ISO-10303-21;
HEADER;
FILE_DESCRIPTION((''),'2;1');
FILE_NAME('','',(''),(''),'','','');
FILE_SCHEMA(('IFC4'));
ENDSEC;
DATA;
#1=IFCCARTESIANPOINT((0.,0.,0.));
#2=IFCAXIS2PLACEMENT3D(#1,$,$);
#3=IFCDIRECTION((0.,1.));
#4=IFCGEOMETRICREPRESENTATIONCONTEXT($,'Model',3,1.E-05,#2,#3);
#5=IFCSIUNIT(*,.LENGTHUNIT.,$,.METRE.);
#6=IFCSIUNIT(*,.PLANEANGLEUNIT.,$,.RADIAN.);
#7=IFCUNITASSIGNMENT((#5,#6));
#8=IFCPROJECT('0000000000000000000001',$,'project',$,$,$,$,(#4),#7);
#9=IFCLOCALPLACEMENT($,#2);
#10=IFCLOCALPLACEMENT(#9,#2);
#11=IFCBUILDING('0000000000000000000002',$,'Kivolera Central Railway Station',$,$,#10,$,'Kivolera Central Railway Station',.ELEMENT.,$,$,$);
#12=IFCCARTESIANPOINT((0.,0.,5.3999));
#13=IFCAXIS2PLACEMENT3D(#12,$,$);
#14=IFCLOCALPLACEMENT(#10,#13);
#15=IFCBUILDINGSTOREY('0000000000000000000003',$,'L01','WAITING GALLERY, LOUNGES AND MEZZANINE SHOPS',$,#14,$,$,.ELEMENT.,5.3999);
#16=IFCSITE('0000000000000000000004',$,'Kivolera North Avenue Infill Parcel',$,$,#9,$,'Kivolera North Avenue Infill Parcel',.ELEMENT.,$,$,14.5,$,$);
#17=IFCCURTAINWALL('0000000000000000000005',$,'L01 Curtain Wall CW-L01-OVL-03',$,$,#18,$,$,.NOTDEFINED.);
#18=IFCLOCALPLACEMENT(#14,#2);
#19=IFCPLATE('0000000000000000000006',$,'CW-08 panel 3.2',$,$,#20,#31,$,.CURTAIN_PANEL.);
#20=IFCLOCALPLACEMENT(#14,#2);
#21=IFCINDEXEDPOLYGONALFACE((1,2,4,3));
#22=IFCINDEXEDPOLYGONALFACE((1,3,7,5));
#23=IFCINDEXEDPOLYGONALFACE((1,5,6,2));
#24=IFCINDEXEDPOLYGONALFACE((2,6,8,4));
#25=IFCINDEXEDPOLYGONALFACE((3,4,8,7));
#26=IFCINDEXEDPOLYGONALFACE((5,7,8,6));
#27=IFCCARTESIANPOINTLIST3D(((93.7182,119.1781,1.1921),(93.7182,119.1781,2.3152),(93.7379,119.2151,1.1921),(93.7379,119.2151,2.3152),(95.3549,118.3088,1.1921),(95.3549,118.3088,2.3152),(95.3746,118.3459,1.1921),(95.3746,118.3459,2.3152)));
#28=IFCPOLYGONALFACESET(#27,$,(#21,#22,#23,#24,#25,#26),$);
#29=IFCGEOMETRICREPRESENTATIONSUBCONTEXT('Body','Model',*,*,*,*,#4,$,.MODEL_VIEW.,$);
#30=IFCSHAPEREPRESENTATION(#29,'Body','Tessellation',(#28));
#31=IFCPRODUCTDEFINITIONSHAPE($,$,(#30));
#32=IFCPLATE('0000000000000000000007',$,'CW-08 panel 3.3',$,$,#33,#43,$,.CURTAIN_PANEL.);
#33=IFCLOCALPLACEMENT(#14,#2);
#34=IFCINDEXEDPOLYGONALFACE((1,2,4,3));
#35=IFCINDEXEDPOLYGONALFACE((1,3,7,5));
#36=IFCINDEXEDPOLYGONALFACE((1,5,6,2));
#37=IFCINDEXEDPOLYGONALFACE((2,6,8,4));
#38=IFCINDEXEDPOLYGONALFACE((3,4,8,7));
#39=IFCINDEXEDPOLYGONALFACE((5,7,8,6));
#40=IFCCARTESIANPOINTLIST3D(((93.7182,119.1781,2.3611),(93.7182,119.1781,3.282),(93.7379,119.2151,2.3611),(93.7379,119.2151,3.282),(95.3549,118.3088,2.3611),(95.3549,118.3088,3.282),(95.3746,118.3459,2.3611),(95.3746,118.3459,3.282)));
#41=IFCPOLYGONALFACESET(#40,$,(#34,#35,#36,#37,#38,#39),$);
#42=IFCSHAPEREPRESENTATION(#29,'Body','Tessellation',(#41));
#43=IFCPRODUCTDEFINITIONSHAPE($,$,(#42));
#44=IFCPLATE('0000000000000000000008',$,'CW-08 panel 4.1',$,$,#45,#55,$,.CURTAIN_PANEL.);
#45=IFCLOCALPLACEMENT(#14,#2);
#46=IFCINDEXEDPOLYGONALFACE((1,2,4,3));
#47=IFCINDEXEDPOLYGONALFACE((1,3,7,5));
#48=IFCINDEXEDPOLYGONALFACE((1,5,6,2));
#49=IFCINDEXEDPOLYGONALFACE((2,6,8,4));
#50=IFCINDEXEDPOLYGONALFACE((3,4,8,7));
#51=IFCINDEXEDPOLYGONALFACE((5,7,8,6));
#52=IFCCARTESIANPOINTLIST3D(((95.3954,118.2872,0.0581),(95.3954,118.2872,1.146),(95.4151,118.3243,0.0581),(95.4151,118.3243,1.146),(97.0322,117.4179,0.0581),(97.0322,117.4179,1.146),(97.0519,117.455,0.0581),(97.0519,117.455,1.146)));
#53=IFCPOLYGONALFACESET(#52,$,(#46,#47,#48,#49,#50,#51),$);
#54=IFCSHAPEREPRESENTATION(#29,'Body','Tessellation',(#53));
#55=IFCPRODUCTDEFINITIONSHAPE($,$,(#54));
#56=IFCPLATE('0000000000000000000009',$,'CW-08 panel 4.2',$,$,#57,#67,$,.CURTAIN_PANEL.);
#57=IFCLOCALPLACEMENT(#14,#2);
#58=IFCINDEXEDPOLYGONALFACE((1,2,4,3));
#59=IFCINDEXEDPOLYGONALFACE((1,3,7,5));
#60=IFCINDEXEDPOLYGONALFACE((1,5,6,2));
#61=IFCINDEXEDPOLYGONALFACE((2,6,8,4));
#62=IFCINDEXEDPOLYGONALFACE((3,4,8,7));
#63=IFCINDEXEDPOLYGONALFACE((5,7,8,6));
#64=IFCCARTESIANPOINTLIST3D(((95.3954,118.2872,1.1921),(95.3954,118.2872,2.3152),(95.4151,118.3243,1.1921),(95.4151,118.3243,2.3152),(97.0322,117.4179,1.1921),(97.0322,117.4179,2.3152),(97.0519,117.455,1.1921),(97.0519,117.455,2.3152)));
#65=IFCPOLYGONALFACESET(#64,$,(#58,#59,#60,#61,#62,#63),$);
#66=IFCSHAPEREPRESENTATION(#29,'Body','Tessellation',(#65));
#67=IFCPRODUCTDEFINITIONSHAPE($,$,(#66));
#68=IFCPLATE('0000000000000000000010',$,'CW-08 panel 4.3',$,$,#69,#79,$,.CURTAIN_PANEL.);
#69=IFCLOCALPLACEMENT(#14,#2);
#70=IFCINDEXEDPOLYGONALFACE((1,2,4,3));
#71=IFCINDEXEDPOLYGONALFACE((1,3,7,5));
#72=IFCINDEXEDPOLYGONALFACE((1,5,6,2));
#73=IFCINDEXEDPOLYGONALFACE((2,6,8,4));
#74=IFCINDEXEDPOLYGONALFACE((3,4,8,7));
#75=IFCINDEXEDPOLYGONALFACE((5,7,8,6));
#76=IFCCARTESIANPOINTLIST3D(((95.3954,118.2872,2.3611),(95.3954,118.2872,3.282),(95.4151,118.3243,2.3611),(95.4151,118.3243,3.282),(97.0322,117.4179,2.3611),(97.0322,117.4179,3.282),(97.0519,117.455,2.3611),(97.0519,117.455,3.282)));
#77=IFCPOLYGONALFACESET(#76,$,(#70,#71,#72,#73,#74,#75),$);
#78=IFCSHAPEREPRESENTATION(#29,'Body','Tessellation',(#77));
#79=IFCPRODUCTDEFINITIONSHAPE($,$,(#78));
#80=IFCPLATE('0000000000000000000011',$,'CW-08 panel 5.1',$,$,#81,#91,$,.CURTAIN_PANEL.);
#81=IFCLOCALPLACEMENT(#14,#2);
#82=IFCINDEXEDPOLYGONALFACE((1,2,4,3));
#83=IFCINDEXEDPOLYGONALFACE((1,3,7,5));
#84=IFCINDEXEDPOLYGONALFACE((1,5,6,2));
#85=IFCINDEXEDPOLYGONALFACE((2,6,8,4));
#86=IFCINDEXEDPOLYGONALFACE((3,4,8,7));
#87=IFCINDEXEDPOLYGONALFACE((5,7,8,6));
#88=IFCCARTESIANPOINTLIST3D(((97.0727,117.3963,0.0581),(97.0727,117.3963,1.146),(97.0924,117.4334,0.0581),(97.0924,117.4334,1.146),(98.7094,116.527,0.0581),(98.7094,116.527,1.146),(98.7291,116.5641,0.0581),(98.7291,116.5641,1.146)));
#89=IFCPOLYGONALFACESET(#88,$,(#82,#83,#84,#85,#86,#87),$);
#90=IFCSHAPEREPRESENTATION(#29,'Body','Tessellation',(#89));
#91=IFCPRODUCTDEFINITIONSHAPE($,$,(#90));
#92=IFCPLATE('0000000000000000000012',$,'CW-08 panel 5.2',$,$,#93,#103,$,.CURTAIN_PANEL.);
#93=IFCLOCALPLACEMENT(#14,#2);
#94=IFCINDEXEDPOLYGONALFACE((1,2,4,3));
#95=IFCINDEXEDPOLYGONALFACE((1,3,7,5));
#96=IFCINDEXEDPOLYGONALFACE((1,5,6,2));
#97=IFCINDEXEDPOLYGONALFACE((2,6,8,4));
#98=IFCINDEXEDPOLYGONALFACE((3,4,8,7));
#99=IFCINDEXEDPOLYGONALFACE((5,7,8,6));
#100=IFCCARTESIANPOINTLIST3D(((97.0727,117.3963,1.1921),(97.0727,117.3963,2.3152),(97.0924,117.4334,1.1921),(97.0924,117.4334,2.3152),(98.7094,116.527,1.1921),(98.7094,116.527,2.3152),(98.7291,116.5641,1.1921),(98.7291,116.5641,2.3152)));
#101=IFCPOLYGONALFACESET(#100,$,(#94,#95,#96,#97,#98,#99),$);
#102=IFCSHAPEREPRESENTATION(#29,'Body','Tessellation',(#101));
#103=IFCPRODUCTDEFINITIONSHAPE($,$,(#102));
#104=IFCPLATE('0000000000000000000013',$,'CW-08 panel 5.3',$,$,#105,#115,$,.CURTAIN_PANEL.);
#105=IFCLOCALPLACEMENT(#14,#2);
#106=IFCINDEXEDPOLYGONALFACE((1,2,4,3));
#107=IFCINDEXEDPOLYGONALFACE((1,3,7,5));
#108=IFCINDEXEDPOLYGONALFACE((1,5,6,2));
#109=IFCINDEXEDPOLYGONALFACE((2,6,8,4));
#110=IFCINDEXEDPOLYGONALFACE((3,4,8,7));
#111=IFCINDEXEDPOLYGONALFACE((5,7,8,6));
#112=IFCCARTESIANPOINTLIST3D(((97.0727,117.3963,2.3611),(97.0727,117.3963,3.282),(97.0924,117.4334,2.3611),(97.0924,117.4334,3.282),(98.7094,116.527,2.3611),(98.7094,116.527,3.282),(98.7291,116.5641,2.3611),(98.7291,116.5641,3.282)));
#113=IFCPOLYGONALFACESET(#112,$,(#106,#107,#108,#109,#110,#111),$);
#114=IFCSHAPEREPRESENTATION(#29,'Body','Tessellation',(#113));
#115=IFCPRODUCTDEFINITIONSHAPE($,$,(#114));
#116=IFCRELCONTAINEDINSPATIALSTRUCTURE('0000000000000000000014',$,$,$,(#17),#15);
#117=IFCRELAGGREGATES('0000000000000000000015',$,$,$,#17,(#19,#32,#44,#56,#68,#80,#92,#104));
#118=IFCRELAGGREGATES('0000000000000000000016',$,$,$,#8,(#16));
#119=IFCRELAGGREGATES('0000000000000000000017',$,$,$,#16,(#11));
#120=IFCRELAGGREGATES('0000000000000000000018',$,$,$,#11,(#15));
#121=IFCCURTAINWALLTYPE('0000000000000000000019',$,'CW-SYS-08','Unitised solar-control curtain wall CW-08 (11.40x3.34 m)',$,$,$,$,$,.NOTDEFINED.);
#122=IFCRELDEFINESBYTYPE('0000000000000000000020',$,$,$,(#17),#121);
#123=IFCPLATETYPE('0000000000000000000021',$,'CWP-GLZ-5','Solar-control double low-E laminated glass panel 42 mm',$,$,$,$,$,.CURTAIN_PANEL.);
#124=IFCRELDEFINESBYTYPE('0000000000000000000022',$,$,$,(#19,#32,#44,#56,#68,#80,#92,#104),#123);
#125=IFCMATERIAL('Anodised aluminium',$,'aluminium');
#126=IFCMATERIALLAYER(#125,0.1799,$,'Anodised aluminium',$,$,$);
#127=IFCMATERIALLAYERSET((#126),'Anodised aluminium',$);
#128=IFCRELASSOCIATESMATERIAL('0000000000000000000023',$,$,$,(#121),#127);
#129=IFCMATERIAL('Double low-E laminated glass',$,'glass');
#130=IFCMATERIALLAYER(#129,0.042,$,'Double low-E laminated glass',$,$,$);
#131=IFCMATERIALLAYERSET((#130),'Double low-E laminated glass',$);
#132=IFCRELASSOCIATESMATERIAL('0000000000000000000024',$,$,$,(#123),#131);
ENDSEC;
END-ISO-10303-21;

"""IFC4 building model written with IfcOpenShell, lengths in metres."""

from ifc_helpers import new_model, si_unit, direction, frame, origin, origin_2d, place, context, subcontext, project, spatial, rectangle, extrude, material, layer, layer_set, type_object, element, aggregate, save


model = new_model("IFC4")

# Units and contexts
model_context = context("Model", 3, precision=1e-05, world=origin(), true_north=direction((0.0, 1.0)))
body_context = subcontext(model_context, "Body", "Model", "MODEL_VIEW")
ifc_project = project(units=[si_unit("LENGTHUNIT", "METRE"), si_unit("PLANEANGLEUNIT", "RADIAN")], contexts=[model_context])

# Site, building, storey
site_placement = place(None, origin())
site = spatial("IfcSite", under=ifc_project, at=site_placement, Name="Kivolera North Avenue Infill Parcel", LongName="Kivolera North Avenue Infill Parcel", CompositionType="ELEMENT", RefElevation=14.5)
building_placement = place(site_placement, origin())
building = spatial("IfcBuilding", under=site, at=building_placement, Name="Kivolera Central Railway Station", LongName="Kivolera Central Railway Station", CompositionType="ELEMENT")
storey_placement = place(building_placement, frame((0.0, 0.0, 5.3999)))
storey = spatial("IfcBuildingStorey", under=building, at=storey_placement, Name="L01", Description="WAITING GALLERY, LOUNGES AND MEZZANINE SHOPS", CompositionType="ELEMENT", Elevation=5.3999)

# Curtain wall, plates
ifc_material_1 = material(Name="Anodised aluminium", Category="aluminium")
ifc_layer_1 = layer(ifc_material_1, 0.1799, Name="Anodised aluminium")
ifc_layer_set_1 = layer_set([ifc_layer_1], Name="Anodised aluminium")
curtain_wall_type = type_object("IfcCurtainWallType", Name="CW-SYS-08", Description="Unitised solar-control curtain wall CW-08 (11.40x3.34 m)", PredefinedType="NOTDEFINED", material=ifc_layer_set_1)
curtain_wall_placement = place(storey_placement, origin())
curtain_wall = element("IfcCurtainWall", 1, at=curtain_wall_placement, inside=storey, type_object=curtain_wall_type, Name="L01 Curtain Wall CW-L01-OVL-03", PredefinedType="NOTDEFINED")
ifc_material_2 = material(Name="Double low-E laminated glass", Category="glass")
ifc_layer_2 = layer(ifc_material_2, 0.042, Name="Double low-E laminated glass")
ifc_layer_set_2 = layer_set([ifc_layer_2], Name="Double low-E laminated glass")
plate_type = type_object("IfcPlateType", Name="CWP-GLZ-5", Description="Solar-control double low-E laminated glass panel 42 mm", PredefinedType="CURTAIN_PANEL", material=ifc_layer_set_2)
plate_1_placement = place(storey_placement, frame((94.5464, 118.762, 1.1921), z_axis=(0.0, 0.0, 1.0), x_axis=(0.88317, -0.469053, 0.0)))
plate_1 = element("IfcPlate", 2, at=plate_1_placement, type_object=plate_type, Name="CW-08 panel 3.2", PredefinedType="CURTAIN_PANEL", context=body_context, shape_type="SweptSolid", body=[
    extrude(rectangle(XDim=1.8533, YDim=0.042, at=origin_2d()), origin(), (0.0, 0.0, 1.0), 1.123),
])
plate_2_placement = place(storey_placement, frame((94.5464, 118.762, 2.3611), z_axis=(0.0, 0.0, 1.0), x_axis=(0.88317, -0.469053, 0.0)))
plate_2 = element("IfcPlate", 3, at=plate_2_placement, type_object=plate_type, Name="CW-08 panel 3.3", PredefinedType="CURTAIN_PANEL", context=body_context, shape_type="SweptSolid", body=[
    extrude(rectangle(XDim=1.8533, YDim=0.042, at=origin_2d()), origin(), (0.0, 0.0, 1.0), 0.9209),
])
plate_3_placement = place(storey_placement, frame((96.2236, 117.8711, 0.0581), z_axis=(0.0, 0.0, 1.0), x_axis=(0.88317, -0.469053, 0.0)))
plate_3 = element("IfcPlate", 4, at=plate_3_placement, type_object=plate_type, Name="CW-08 panel 4.1", PredefinedType="CURTAIN_PANEL", context=body_context, shape_type="SweptSolid", body=[
    extrude(rectangle(XDim=1.8533, YDim=0.042, at=origin_2d()), origin(), (0.0, 0.0, 1.0), 1.0879),
])
plate_4_placement = place(storey_placement, frame((96.2236, 117.8711, 1.1921), z_axis=(0.0, 0.0, 1.0), x_axis=(0.88317, -0.469053, 0.0)))
plate_4 = element("IfcPlate", 5, at=plate_4_placement, type_object=plate_type, Name="CW-08 panel 4.2", PredefinedType="CURTAIN_PANEL", context=body_context, shape_type="SweptSolid", body=[
    extrude(rectangle(XDim=1.8533, YDim=0.042, at=origin_2d()), origin(), (0.0, 0.0, 1.0), 1.123),
])
plate_5_placement = place(storey_placement, frame((96.2236, 117.8711, 2.3611), z_axis=(0.0, 0.0, 1.0), x_axis=(0.88317, -0.469053, 0.0)))
plate_5 = element("IfcPlate", 6, at=plate_5_placement, type_object=plate_type, Name="CW-08 panel 4.3", PredefinedType="CURTAIN_PANEL", context=body_context, shape_type="SweptSolid", body=[
    extrude(rectangle(XDim=1.8533, YDim=0.042, at=origin_2d()), origin(), (0.0, 0.0, 1.0), 0.9209),
])
plate_6_placement = place(storey_placement, frame((97.9009, 116.9802, 0.0581), z_axis=(0.0, 0.0, 1.0), x_axis=(0.88317, -0.469053, 0.0)))
plate_6 = element("IfcPlate", 7, at=plate_6_placement, type_object=plate_type, Name="CW-08 panel 5.1", PredefinedType="CURTAIN_PANEL", context=body_context, shape_type="SweptSolid", body=[
    extrude(rectangle(XDim=1.8533, YDim=0.042, at=origin_2d()), origin(), (0.0, 0.0, 1.0), 1.0879),
])
plate_7_placement = place(storey_placement, frame((97.9009, 116.9802, 1.1921), z_axis=(0.0, 0.0, 1.0), x_axis=(0.88317, -0.469053, 0.0)))
plate_7 = element("IfcPlate", 8, at=plate_7_placement, type_object=plate_type, Name="CW-08 panel 5.2", PredefinedType="CURTAIN_PANEL", context=body_context, shape_type="SweptSolid", body=[
    extrude(rectangle(XDim=1.8533, YDim=0.042, at=origin_2d()), origin(), (0.0, 0.0, 1.0), 1.123),
])
plate_8_placement = place(storey_placement, frame((97.9009, 116.9802, 2.3611), z_axis=(0.0, 0.0, 1.0), x_axis=(0.88317, -0.469053, 0.0)))
plate_8 = element("IfcPlate", 9, at=plate_8_placement, type_object=plate_type, Name="CW-08 panel 5.3", PredefinedType="CURTAIN_PANEL", context=body_context, shape_type="SweptSolid", body=[
    extrude(rectangle(XDim=1.8533, YDim=0.042, at=origin_2d()), origin(), (0.0, 0.0, 1.0), 0.9209),
])
aggregate(curtain_wall, [plate_1, plate_2, plate_3, plate_4, plate_5, plate_6, plate_7, plate_8])

save(model, "model.ifc")
